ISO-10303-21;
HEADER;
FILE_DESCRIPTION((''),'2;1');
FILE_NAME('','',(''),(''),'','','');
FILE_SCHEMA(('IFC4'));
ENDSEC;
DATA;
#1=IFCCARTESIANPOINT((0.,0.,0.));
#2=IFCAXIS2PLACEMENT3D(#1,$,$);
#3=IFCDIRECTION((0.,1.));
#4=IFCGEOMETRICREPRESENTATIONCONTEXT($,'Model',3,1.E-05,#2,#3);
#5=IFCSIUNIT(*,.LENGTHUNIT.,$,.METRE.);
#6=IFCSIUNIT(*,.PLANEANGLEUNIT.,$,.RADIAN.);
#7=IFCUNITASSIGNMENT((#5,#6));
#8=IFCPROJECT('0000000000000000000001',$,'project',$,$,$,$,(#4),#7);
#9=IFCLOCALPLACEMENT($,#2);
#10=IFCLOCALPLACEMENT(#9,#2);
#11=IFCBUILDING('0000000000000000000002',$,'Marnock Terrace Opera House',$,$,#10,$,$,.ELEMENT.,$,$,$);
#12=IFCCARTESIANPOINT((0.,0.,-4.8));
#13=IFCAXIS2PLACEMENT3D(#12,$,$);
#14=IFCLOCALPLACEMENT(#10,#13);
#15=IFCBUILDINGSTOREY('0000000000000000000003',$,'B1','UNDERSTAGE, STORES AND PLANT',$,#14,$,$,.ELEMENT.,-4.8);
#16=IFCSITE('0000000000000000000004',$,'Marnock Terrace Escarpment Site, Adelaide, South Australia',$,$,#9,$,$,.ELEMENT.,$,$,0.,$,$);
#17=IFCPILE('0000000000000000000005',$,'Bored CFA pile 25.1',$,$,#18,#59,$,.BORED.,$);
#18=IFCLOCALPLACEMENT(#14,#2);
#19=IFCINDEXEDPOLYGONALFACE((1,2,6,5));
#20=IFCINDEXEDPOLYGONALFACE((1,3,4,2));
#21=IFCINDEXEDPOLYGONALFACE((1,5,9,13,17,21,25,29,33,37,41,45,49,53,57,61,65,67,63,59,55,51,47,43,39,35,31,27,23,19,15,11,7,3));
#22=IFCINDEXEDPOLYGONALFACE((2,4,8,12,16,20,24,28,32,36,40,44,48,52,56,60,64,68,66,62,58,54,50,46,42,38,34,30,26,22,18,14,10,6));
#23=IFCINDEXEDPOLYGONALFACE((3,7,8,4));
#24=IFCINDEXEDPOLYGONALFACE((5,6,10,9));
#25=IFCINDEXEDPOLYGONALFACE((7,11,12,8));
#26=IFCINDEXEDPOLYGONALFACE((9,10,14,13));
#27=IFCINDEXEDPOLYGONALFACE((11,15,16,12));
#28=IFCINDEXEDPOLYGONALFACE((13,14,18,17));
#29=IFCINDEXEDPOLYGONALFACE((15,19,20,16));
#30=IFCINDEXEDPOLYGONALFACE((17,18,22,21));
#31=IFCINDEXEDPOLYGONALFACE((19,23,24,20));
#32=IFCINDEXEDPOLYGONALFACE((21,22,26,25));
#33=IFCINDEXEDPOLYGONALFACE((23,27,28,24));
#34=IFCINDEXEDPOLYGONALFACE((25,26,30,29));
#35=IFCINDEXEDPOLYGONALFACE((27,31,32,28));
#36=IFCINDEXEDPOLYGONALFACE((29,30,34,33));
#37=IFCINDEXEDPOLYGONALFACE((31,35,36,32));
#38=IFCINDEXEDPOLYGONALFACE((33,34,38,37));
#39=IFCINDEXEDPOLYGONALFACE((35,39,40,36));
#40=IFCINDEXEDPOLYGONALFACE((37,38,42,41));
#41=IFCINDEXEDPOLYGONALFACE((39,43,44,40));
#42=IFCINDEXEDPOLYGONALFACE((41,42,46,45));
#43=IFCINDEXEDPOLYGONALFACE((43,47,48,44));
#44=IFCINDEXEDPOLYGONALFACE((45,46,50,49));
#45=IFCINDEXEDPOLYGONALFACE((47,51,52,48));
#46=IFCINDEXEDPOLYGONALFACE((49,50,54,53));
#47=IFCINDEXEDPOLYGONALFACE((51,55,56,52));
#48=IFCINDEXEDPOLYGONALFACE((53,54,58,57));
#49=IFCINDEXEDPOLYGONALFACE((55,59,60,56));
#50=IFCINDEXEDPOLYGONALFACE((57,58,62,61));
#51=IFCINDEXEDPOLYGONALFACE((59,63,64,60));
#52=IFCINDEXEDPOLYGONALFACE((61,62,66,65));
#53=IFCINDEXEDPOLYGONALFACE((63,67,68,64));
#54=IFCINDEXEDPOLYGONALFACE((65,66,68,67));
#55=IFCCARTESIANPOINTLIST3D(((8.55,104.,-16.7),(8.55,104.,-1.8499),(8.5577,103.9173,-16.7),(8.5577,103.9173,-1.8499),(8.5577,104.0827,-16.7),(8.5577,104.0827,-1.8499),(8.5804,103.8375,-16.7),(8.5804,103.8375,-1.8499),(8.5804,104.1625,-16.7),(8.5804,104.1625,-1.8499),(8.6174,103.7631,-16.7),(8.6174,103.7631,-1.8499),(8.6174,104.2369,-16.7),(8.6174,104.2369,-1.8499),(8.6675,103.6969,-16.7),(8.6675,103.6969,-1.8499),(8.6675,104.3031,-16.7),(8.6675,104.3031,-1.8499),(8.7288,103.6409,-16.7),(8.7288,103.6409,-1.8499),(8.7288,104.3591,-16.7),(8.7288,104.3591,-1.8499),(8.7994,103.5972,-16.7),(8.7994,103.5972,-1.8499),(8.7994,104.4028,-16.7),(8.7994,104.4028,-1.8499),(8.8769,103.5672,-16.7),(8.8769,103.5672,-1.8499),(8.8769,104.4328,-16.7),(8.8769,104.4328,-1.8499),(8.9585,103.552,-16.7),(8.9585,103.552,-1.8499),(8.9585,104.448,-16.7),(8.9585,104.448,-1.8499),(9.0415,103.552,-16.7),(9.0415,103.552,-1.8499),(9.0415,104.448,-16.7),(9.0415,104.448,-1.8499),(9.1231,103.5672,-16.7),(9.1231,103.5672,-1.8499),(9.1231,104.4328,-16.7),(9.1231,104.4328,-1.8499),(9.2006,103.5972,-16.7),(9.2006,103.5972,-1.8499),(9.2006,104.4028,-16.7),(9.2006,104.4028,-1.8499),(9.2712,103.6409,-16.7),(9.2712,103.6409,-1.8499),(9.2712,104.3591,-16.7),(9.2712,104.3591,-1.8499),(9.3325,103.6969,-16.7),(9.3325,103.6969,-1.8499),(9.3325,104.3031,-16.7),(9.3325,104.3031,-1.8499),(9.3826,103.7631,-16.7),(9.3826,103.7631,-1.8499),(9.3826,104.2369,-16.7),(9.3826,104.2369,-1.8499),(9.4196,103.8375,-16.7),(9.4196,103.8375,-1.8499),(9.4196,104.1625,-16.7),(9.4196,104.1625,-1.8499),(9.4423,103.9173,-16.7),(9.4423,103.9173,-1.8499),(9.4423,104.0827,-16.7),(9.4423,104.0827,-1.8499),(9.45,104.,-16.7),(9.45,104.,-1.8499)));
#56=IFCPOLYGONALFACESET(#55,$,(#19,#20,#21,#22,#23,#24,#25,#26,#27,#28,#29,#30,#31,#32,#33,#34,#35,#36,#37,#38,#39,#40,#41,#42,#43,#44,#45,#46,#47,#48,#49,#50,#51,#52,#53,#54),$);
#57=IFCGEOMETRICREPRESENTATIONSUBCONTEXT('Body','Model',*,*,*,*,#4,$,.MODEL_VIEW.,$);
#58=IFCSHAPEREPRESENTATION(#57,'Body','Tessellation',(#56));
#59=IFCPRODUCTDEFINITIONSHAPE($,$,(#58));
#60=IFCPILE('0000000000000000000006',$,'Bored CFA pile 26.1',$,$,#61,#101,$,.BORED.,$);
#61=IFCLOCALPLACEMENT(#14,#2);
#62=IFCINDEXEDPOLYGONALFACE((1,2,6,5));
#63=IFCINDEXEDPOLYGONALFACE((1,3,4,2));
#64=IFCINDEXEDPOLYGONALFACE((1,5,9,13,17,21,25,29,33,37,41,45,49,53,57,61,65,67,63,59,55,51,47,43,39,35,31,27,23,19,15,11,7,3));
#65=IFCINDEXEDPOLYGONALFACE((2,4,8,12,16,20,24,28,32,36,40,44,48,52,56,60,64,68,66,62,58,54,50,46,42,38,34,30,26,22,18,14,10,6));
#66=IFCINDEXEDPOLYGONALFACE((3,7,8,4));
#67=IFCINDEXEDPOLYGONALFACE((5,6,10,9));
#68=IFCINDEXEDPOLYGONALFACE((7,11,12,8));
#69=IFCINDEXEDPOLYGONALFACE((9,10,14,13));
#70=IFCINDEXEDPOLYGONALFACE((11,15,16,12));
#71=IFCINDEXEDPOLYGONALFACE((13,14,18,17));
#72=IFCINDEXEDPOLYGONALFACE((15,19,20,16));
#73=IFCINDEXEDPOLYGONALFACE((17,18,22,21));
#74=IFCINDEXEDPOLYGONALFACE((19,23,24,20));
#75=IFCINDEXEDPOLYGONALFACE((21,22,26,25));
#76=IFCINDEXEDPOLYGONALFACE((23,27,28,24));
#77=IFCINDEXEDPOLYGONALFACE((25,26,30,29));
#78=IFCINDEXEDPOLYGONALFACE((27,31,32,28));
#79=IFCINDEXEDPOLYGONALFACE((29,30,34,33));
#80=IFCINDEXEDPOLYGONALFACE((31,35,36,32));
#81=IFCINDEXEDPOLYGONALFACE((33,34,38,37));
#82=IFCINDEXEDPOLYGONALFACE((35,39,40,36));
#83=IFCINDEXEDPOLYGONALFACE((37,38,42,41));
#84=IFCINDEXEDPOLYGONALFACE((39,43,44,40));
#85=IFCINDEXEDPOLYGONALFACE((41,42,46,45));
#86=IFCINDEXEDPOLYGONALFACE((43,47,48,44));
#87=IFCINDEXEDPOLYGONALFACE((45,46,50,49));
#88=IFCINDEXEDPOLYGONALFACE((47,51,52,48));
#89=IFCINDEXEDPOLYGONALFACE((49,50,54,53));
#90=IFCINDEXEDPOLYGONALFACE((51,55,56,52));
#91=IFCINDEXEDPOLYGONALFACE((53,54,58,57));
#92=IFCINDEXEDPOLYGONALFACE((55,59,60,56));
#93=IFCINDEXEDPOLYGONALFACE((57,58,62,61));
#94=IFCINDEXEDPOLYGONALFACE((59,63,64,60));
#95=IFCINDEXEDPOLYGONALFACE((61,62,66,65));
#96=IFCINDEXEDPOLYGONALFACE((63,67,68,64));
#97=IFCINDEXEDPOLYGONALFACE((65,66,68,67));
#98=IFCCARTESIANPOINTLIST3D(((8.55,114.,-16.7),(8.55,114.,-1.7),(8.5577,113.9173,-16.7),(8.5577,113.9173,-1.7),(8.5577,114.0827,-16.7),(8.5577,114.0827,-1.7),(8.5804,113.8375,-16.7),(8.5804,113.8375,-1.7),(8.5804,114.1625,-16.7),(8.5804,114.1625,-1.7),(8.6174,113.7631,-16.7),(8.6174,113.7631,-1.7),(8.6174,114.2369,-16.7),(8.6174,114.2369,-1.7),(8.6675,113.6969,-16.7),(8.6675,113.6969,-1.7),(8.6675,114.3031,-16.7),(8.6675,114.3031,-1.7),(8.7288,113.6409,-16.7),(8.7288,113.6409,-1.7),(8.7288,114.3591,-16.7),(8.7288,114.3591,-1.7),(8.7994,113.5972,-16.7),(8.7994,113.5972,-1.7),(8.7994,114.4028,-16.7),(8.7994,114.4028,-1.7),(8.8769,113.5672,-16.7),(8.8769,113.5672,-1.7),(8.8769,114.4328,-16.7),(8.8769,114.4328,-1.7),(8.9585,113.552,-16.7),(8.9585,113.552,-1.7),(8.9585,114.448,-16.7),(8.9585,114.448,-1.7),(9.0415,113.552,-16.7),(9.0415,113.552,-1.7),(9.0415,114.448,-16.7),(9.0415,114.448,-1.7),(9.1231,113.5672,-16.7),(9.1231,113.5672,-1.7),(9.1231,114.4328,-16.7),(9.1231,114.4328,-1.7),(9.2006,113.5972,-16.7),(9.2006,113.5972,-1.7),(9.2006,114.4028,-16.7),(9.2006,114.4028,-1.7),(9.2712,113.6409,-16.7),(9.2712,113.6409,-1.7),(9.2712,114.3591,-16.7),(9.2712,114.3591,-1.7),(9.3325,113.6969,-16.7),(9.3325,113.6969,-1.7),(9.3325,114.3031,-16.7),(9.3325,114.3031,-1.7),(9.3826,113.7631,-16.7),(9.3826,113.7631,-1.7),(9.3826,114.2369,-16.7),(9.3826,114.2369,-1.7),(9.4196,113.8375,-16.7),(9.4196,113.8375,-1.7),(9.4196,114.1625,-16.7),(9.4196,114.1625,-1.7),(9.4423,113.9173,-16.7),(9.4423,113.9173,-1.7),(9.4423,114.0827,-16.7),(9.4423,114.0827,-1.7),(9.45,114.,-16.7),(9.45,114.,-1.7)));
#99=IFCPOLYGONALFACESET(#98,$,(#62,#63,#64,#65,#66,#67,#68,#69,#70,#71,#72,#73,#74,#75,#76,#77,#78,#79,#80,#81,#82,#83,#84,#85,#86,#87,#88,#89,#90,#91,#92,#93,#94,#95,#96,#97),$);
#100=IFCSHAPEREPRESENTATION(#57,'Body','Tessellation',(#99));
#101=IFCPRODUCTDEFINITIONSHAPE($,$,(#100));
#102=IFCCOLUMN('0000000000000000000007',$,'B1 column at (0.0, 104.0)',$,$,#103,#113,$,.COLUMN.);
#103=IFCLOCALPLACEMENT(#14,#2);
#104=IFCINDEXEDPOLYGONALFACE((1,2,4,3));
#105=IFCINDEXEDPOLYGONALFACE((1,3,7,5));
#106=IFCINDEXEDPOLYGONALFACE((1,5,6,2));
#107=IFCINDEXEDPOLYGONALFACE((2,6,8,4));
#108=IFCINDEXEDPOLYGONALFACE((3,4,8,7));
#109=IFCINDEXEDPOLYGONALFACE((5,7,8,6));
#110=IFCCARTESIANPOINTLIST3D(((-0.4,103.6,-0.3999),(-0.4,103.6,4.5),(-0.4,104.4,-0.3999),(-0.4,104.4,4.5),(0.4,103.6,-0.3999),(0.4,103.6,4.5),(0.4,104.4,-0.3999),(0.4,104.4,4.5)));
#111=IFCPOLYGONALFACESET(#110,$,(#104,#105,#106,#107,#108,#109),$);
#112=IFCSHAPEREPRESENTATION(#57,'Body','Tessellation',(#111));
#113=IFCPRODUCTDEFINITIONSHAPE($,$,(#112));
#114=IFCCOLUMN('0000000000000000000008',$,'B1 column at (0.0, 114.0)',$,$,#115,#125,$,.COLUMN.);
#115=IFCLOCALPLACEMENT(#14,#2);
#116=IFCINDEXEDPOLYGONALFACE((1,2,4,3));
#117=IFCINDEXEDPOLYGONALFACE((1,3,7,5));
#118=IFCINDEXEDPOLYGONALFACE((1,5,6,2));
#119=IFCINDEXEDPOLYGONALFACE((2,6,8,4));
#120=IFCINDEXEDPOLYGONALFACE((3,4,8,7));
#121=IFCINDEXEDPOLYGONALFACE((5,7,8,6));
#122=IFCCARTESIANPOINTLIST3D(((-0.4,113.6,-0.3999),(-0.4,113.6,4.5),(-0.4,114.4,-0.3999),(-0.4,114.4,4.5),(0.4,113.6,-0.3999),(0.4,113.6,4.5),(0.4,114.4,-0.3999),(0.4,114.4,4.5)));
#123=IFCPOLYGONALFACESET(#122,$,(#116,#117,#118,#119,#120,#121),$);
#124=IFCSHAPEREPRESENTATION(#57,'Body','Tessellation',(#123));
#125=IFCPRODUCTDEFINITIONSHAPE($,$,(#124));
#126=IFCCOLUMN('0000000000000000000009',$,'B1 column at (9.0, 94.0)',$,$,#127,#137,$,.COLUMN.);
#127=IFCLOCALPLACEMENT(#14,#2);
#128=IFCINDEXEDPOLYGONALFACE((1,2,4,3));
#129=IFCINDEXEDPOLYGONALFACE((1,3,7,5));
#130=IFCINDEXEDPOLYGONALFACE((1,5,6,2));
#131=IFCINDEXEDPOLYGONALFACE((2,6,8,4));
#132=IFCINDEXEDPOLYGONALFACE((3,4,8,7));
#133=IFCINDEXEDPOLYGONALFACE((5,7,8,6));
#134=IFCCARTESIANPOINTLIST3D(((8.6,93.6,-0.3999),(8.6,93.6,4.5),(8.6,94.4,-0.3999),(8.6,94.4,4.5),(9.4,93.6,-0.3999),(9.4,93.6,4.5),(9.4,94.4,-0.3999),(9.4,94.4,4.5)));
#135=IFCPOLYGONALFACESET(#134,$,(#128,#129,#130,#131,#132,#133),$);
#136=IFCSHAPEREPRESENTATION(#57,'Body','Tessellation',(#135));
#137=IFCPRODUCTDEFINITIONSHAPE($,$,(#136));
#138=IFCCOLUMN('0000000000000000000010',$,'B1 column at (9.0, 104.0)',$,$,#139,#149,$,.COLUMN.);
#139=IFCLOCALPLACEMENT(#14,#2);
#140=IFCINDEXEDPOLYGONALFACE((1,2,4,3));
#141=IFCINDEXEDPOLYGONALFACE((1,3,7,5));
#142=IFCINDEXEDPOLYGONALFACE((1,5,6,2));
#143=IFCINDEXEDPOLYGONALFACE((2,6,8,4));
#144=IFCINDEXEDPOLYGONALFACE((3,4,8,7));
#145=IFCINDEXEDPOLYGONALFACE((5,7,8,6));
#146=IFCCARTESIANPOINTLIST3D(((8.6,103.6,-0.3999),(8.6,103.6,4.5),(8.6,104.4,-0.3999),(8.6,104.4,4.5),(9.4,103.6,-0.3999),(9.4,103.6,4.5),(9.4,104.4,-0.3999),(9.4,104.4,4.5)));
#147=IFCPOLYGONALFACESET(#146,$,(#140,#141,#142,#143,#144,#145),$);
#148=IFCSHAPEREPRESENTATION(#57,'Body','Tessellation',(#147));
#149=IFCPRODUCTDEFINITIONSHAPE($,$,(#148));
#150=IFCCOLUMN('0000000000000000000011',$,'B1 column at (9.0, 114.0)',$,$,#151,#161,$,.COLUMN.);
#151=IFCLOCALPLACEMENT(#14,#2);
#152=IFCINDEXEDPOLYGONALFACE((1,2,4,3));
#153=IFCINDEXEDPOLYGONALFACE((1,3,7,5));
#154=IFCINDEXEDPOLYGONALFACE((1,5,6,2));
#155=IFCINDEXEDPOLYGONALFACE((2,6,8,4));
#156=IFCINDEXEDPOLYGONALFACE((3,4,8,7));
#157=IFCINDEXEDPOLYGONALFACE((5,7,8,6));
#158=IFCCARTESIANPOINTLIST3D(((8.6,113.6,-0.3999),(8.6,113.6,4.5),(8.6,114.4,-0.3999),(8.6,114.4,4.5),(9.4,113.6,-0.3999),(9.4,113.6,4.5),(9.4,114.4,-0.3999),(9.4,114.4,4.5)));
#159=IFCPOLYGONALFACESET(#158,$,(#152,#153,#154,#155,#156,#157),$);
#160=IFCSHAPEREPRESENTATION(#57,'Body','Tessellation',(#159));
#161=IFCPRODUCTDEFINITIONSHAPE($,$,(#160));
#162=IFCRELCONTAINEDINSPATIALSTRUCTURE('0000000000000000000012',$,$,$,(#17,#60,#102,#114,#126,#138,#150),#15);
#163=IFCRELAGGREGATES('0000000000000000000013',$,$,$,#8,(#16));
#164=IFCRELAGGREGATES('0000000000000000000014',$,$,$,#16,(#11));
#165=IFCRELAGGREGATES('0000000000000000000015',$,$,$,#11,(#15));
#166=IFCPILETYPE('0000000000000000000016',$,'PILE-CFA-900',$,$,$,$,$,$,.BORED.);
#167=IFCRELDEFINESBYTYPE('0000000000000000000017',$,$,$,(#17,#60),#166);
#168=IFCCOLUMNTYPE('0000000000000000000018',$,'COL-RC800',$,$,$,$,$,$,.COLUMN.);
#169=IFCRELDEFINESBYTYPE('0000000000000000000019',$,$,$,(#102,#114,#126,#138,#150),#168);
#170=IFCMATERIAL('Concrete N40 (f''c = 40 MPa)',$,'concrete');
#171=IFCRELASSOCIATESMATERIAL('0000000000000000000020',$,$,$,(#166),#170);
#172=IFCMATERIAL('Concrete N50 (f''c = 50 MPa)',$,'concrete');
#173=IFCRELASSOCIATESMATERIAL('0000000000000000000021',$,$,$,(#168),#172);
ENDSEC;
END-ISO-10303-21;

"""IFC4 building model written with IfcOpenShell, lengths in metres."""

from ifc_helpers import new_model, si_unit, direction, frame, origin, origin_2d, place, context, subcontext, project, spatial, rectangle, circle, extrude, material, material_profile, profile_set, type_object, element, save


model = new_model("IFC4")

# Units and contexts
model_context = context("Model", 3, precision=1e-05, world=origin(), true_north=direction((0.0, 1.0)))
body_context = subcontext(model_context, "Body", "Model", "MODEL_VIEW")
ifc_project = project(units=[si_unit("LENGTHUNIT", "METRE"), si_unit("PLANEANGLEUNIT", "RADIAN")], contexts=[model_context])

# Site, building, storey
site_placement = place(None, origin())
site = spatial("IfcSite", under=ifc_project, at=site_placement, Name="Marnock Terrace Escarpment Site, Adelaide, South Australia", CompositionType="ELEMENT", RefElevation=0.0)
building_placement = place(site_placement, origin())
building = spatial("IfcBuilding", under=site, at=building_placement, Name="Marnock Terrace Opera House", CompositionType="ELEMENT")
storey_placement = place(building_placement, frame((0.0, 0.0, -4.8)))
storey = spatial("IfcBuildingStorey", under=building, at=storey_placement, Name="B1", Description="UNDERSTAGE, STORES AND PLANT", CompositionType="ELEMENT", Elevation=-4.8)

# Shared definitions
ifc_material_1 = material(Name="Concrete N40 (f'c = 40 MPa)", Category="concrete")

# Piles
ifc_material_profile_1 = material_profile(ifc_material_1, circle(Radius=0.45, at=origin_2d()))
ifc_profile_set_1 = profile_set([ifc_material_profile_1], Name="Concrete N40 (f'c = 40 MPa)")
pile_type = type_object("IfcPileType", Name="PILE-CFA-900", PredefinedType="BORED", material=ifc_profile_set_1)
pile_1_placement = place(storey_placement, frame((9.0, 104.0, -1.8499), z_axis=(0.0, 0.0, -1.0), x_axis=(1.0, 0.0, 0.0)))
element("IfcPile", 1, at=pile_1_placement, inside=storey, type_object=pile_type, Name="Bored CFA pile 25.1", PredefinedType="BORED", context=body_context, shape_type="SweptSolid", body=[
    extrude(circle(Radius=0.45, at=origin_2d()), origin(), (0.0, 0.0, 1.0), 14.8501),
])
pile_2_placement = place(storey_placement, frame((9.0, 114.0, -1.7), z_axis=(0.0, 0.0, -1.0), x_axis=(1.0, 0.0, 0.0)))
element("IfcPile", 2, at=pile_2_placement, inside=storey, type_object=pile_type, Name="Bored CFA pile 26.1", PredefinedType="BORED", context=body_context, shape_type="SweptSolid", body=[
    extrude(circle(Radius=0.45, at=origin_2d()), origin(), (0.0, 0.0, 1.0), 15.0),
])

# Columns
ifc_material_2 = material(Name="Concrete N50 (f'c = 50 MPa)", Category="concrete")
ifc_material_profile_2 = material_profile(ifc_material_2, rectangle(XDim=0.8, YDim=0.8, at=origin_2d()))
ifc_profile_set_2 = profile_set([ifc_material_profile_2], Name="Concrete N50 (f'c = 50 MPa)")
column_type = type_object("IfcColumnType", Name="COL-RC800", PredefinedType="COLUMN", material=ifc_profile_set_2)
for number, where, z_axis, x_axis, name in (
    (3, (0.0, 104.0, -0.3999), (0.0, 0.0, 1.0), (1.0, 0.0, 0.0), "B1 column at (0.0, 104.0)"),
    (4, (0.0, 114.0, -0.3999), (0.0, 0.0, 1.0), (1.0, 0.0, 0.0), "B1 column at (0.0, 114.0)"),
    (5, (9.0, 94.0, -0.3999), (0.0, 0.0, 1.0), (1.0, 0.0, 0.0), "B1 column at (9.0, 94.0)"),
    (6, (9.0, 104.0, -0.3999), (0.0, 0.0, 1.0), (1.0, 0.0, 0.0), "B1 column at (9.0, 104.0)"),
    (7, (9.0, 114.0, -0.3999), (0.0, 0.0, 1.0), (1.0, 0.0, 0.0), "B1 column at (9.0, 114.0)"),
):
    element("IfcColumn", number, at=place(storey_placement, frame(where, z_axis=z_axis, x_axis=x_axis)), inside=storey, type_object=column_type, Name=name, PredefinedType="COLUMN", context=body_context, shape_type="SweptSolid", body=[
        extrude(rectangle(XDim=0.8, YDim=0.8, at=origin_2d()), origin(), (0.0, 0.0, 1.0), 4.8999),
    ])

save(model, "model.ifc")
